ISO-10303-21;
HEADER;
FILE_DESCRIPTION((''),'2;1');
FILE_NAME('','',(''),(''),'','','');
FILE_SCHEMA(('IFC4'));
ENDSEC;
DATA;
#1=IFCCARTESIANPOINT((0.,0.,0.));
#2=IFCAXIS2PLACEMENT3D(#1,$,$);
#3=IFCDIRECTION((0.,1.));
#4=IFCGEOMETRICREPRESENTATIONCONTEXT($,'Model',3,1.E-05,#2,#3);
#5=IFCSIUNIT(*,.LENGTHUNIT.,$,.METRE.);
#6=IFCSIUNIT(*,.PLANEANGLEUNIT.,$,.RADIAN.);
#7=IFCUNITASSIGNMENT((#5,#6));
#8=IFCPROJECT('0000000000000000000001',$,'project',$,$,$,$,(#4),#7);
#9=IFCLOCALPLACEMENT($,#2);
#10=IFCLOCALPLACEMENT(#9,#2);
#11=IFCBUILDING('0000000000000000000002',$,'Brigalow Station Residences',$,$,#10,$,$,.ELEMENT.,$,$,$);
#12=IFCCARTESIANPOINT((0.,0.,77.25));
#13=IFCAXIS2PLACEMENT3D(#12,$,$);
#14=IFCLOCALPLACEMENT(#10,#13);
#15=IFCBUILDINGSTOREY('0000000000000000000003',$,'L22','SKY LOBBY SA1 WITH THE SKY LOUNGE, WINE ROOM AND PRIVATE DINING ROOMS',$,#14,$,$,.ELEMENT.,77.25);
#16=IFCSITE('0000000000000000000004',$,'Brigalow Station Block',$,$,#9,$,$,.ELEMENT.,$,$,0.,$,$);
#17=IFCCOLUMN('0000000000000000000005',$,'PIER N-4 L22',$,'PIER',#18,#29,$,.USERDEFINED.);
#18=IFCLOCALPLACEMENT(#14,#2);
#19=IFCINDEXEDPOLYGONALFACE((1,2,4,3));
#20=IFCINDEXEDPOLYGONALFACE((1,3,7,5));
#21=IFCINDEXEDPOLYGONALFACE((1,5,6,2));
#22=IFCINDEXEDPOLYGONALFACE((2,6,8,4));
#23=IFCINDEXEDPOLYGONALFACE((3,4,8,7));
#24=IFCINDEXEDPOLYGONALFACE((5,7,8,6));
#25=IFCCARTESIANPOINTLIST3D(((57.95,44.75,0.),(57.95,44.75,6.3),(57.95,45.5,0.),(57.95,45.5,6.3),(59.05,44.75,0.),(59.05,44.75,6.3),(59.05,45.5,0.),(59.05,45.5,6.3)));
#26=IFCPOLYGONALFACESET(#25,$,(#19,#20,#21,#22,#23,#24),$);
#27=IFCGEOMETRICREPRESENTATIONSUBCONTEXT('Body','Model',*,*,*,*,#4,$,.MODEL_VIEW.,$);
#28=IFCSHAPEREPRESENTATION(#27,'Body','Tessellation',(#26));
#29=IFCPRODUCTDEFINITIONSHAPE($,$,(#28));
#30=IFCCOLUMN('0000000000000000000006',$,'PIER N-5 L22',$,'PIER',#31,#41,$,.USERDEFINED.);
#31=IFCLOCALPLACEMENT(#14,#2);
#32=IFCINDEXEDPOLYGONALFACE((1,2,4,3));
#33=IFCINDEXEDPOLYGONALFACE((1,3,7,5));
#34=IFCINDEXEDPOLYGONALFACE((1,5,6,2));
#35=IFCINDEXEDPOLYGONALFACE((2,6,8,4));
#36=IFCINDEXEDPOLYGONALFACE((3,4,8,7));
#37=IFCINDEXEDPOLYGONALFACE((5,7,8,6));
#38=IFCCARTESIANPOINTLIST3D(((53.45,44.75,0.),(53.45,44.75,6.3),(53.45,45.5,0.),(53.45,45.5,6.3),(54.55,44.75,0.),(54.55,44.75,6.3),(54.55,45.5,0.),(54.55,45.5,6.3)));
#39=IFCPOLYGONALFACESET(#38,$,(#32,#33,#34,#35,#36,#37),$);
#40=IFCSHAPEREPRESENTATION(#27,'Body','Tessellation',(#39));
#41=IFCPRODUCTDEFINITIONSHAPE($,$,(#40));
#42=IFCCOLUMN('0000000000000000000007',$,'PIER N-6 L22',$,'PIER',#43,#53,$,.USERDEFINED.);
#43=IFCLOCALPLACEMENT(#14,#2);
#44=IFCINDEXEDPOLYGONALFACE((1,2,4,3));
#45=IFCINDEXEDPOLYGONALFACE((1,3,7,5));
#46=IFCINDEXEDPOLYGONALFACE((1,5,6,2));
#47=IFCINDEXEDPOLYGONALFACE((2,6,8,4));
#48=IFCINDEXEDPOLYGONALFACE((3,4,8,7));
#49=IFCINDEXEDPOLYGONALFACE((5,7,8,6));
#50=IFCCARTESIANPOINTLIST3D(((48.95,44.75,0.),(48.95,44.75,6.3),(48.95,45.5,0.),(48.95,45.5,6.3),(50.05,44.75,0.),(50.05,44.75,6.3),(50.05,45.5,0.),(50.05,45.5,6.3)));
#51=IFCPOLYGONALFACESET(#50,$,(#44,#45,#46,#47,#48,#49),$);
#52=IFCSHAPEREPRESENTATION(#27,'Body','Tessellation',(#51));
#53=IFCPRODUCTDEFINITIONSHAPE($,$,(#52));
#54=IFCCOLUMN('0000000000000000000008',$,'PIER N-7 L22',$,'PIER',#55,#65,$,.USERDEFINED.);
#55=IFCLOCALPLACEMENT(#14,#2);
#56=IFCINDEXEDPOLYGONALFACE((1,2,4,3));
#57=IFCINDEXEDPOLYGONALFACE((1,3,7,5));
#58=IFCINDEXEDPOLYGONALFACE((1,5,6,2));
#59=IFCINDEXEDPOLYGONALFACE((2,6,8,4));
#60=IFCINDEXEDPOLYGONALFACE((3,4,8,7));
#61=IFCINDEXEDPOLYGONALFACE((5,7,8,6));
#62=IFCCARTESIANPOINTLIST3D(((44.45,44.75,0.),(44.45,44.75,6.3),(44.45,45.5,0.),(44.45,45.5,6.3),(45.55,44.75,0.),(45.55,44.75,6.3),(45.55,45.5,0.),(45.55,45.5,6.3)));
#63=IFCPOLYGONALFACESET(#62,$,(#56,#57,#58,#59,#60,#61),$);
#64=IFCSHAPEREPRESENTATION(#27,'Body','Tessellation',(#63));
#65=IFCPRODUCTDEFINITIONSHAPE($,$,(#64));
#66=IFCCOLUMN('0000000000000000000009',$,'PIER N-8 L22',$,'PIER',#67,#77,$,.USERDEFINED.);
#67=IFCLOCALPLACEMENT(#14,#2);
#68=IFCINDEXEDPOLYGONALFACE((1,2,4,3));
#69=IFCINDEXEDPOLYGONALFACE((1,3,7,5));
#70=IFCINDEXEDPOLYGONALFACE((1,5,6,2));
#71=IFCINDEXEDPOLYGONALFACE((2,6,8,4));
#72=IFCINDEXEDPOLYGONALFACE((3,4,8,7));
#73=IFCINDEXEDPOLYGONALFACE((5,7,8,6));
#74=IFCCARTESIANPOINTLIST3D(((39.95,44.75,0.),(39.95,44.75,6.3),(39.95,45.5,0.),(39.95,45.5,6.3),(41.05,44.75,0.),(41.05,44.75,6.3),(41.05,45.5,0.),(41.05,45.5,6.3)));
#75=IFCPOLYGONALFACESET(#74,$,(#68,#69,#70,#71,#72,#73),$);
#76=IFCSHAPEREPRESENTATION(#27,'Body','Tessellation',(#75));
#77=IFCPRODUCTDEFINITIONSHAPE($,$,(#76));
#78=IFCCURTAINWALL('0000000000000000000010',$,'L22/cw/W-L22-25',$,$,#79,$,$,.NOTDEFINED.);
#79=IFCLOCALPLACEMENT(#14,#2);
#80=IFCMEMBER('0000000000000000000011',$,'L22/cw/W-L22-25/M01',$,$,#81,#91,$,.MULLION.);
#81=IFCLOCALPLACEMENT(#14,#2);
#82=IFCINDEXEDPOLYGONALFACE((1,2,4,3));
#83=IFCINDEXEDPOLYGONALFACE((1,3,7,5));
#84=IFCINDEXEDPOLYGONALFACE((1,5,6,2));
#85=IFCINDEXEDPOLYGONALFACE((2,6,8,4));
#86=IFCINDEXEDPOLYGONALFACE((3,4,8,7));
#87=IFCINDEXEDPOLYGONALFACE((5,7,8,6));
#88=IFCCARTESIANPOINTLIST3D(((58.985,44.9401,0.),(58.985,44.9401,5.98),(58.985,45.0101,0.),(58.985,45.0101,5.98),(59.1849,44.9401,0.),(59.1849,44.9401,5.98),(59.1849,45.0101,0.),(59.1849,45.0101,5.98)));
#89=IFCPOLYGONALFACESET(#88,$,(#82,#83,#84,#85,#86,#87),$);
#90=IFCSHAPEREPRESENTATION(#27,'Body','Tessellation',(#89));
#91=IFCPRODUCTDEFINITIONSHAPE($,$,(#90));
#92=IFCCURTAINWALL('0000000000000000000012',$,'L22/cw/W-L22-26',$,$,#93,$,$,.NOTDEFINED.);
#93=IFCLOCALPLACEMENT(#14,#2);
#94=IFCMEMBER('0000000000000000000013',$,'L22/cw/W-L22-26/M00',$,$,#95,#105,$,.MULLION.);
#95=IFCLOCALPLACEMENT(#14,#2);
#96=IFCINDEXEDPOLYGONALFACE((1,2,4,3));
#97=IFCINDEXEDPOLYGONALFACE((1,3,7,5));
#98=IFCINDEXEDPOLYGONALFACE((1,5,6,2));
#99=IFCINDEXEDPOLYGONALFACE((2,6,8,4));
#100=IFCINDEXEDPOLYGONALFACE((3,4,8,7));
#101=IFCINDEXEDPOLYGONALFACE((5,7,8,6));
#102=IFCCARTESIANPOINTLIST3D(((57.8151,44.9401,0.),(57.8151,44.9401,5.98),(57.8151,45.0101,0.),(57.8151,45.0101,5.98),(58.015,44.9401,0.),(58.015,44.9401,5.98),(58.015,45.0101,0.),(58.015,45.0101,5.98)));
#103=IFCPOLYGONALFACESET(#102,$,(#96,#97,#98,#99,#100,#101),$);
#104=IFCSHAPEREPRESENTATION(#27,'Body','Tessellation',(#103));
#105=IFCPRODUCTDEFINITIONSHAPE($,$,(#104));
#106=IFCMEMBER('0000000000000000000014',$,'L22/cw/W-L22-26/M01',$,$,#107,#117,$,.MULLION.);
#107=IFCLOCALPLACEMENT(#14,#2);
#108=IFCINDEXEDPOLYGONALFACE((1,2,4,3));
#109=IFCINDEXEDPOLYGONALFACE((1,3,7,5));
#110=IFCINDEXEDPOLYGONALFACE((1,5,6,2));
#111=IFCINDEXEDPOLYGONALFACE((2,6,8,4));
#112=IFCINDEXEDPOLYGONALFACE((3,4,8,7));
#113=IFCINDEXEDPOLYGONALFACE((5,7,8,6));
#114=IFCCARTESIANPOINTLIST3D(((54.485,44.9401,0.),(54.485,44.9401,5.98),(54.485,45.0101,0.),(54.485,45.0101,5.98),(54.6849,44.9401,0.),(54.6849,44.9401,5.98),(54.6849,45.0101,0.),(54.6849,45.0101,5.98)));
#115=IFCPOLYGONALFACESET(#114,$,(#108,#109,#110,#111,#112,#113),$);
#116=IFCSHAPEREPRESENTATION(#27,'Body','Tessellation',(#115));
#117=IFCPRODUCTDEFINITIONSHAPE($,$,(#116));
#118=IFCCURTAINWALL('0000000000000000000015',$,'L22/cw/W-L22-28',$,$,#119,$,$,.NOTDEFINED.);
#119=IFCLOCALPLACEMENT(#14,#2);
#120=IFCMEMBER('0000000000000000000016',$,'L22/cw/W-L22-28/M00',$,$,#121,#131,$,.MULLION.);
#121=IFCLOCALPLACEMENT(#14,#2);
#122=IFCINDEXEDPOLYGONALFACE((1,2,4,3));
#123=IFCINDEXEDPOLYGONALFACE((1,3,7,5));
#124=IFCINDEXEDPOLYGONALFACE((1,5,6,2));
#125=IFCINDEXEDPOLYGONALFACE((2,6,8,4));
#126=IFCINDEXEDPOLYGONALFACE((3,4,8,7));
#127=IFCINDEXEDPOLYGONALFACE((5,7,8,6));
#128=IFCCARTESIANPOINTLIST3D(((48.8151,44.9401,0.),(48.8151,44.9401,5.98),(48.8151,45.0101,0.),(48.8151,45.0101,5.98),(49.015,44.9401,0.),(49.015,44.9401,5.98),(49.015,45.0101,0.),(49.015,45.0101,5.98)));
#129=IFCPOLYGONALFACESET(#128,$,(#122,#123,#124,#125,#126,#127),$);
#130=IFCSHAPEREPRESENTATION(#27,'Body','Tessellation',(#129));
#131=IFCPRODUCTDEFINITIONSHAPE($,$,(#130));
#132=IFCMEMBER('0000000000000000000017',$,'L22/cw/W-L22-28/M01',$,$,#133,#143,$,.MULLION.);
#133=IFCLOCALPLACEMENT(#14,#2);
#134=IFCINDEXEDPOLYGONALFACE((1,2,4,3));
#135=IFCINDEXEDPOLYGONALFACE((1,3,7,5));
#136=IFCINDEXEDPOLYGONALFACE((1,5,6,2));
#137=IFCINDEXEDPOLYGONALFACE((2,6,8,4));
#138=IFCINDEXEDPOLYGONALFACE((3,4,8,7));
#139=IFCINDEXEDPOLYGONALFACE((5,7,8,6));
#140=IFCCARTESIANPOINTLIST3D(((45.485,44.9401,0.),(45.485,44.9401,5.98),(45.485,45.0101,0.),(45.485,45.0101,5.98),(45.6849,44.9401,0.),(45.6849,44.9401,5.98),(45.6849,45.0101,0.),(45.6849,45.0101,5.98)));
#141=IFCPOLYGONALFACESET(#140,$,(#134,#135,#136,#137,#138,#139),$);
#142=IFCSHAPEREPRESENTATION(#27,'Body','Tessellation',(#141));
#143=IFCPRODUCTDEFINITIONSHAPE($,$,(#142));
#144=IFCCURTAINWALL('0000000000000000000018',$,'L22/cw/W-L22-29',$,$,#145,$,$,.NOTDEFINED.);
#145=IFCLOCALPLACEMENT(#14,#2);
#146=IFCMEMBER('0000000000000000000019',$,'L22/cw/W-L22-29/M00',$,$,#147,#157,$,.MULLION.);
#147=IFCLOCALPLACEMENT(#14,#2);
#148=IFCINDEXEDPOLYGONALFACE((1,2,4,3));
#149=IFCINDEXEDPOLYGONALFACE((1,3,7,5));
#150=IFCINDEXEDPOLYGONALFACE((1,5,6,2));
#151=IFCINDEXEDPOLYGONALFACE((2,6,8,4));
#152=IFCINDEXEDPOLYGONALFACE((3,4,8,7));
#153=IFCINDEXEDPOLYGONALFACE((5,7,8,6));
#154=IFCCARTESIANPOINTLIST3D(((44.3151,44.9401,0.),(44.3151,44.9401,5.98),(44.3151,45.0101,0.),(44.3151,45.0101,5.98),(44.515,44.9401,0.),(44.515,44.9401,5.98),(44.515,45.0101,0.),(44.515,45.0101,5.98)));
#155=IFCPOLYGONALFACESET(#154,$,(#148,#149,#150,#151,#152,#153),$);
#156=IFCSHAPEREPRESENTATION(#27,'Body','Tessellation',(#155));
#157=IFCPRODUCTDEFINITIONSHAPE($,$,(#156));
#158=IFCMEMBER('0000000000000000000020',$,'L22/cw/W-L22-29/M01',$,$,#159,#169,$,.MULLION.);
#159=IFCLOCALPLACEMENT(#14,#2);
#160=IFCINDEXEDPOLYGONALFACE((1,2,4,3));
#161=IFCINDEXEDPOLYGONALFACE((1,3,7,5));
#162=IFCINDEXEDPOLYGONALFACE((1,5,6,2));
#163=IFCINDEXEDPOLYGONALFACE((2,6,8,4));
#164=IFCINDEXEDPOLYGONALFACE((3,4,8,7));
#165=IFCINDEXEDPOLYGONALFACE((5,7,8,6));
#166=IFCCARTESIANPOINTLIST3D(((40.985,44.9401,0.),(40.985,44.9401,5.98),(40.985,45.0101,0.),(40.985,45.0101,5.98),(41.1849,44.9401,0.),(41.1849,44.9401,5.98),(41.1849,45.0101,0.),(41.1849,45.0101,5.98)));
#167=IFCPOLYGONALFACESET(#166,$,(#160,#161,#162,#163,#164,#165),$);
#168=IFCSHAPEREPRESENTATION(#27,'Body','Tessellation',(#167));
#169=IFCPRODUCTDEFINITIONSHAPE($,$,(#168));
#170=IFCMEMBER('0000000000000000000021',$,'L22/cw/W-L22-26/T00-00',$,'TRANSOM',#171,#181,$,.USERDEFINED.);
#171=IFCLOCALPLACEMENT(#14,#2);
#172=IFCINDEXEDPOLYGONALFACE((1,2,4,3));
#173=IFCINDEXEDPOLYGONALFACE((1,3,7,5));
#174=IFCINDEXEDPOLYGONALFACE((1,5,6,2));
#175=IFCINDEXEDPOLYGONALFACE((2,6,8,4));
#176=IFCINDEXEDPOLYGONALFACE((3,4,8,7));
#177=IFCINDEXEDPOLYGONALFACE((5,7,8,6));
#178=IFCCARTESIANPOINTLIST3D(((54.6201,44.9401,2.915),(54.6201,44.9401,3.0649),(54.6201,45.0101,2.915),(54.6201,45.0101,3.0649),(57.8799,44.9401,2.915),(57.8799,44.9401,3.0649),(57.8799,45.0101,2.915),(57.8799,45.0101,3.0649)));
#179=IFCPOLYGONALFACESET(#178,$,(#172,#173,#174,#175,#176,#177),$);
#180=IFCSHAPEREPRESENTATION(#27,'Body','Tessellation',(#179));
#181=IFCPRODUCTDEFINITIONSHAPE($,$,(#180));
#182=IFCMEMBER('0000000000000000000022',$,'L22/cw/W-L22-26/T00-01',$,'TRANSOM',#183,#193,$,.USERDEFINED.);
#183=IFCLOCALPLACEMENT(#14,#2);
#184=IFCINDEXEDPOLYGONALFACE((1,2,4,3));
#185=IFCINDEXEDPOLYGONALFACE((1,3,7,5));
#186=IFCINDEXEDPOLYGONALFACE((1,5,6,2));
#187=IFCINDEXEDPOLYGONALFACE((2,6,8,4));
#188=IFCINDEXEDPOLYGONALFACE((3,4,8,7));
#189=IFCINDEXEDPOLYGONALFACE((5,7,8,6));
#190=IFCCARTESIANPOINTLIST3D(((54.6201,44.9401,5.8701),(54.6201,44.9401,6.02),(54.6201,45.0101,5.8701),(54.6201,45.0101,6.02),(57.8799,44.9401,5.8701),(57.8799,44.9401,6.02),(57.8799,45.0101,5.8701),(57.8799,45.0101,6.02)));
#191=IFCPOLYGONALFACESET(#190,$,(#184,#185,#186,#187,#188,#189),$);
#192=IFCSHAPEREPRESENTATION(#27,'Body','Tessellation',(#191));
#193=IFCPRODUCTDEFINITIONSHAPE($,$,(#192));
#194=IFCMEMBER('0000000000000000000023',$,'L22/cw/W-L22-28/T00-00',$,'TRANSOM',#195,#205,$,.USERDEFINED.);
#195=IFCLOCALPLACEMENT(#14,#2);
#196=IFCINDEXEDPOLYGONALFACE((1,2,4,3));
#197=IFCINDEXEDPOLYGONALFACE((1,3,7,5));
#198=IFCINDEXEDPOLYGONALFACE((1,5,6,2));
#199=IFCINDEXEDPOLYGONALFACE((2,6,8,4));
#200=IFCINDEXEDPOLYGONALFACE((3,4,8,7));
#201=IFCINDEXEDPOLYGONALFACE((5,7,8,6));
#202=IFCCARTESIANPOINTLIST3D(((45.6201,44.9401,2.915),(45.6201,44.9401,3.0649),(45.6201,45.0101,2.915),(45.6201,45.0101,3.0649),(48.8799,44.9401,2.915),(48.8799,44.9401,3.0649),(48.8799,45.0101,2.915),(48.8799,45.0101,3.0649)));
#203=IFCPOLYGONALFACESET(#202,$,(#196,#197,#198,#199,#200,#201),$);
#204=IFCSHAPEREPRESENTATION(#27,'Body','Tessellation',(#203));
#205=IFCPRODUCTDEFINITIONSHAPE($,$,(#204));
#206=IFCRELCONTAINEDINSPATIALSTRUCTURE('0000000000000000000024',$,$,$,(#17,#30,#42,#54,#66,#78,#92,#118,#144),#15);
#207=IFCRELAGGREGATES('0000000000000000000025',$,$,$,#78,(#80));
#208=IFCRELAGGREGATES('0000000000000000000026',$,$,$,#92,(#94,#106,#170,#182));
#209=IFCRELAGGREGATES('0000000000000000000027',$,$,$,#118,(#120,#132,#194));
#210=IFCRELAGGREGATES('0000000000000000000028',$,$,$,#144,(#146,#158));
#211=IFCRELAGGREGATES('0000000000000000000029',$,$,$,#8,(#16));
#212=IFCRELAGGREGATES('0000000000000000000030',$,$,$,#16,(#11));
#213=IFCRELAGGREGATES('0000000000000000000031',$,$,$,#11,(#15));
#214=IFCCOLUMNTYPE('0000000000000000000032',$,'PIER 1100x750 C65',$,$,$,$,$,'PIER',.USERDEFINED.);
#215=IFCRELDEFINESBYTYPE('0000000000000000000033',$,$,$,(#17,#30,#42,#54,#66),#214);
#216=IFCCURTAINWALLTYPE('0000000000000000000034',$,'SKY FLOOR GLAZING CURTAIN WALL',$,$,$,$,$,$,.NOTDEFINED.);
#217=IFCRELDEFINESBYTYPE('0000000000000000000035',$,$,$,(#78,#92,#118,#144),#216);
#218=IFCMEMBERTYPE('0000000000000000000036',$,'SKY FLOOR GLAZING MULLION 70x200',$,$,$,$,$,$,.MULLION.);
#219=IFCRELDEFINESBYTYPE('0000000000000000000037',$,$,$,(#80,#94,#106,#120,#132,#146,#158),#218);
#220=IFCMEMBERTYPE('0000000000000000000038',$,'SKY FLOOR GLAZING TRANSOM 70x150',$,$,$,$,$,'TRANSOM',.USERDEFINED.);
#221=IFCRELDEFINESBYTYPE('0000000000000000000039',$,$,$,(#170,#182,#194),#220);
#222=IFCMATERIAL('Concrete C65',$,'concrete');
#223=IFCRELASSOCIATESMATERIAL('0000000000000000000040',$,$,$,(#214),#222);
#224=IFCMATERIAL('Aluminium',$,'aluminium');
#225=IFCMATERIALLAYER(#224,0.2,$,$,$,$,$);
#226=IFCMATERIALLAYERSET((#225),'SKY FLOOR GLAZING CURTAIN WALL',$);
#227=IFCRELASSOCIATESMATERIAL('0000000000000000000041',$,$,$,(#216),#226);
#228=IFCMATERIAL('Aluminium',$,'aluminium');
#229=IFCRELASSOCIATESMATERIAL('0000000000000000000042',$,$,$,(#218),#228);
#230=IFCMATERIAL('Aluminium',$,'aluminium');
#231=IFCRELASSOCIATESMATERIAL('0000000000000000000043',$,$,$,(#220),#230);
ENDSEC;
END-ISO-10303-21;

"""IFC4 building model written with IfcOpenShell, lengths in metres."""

from ifc_helpers import new_model, si_unit, direction, frame, origin, origin_2d, place, context, subcontext, project, spatial, rectangle, extrude, material, layer, layer_set, material_profile, profile_set, type_object, element, aggregate, save


model = new_model("IFC4")

# Units and contexts
model_context = context("Model", 3, precision=1e-05, world=origin(), true_north=direction((0.0, 1.0)))
body_context = subcontext(model_context, "Body", "Model", "MODEL_VIEW")
ifc_project = project(units=[si_unit("LENGTHUNIT", "METRE"), si_unit("PLANEANGLEUNIT", "RADIAN")], contexts=[model_context])

# Site, building, storey
site_placement = place(None, origin())
site = spatial("IfcSite", under=ifc_project, at=site_placement, Name="Brigalow Station Block", CompositionType="ELEMENT", RefElevation=0.0)
building_placement = place(site_placement, origin())
building = spatial("IfcBuilding", under=site, at=building_placement, Name="Brigalow Station Residences", CompositionType="ELEMENT")
storey_placement = place(building_placement, frame((0.0, 0.0, 77.25)))
storey = spatial("IfcBuildingStorey", under=building, at=storey_placement, Name="L22", Description="SKY LOBBY SA1 WITH THE SKY LOUNGE, WINE ROOM AND PRIVATE DINING ROOMS", CompositionType="ELEMENT", Elevation=77.25)

# Columns
ifc_material_1 = material(Name="Concrete C65", Category="concrete")
ifc_material_profile_1 = material_profile(ifc_material_1, rectangle(XDim=1.1001, YDim=0.75, at=origin_2d()), Name="RC1100x750")
ifc_profile_set_1 = profile_set([ifc_material_profile_1], Name="Concrete C65")
column_type = type_object("IfcColumnType", Name="PIER 1100x750 C65", ElementType="PIER", PredefinedType="USERDEFINED", material=ifc_profile_set_1)
for number, where, z_axis, x_axis, name in (
    (1, (58.5, 45.125, 0.0), (0.0, 0.0, 1.0), (-1.0, 0.0, 0.0), "PIER N-4 L22"),
    (2, (54.0, 45.125, 0.0), (0.0, 0.0, 1.0), (-1.0, 0.0, 0.0), "PIER N-5 L22"),
    (3, (49.5, 45.125, 0.0), (0.0, 0.0, 1.0), (-1.0, 0.0, 0.0), "PIER N-6 L22"),
    (4, (45.0, 45.125, 0.0), (0.0, 0.0, 1.0), (-1.0, 0.0, 0.0), "PIER N-7 L22"),
    (5, (40.5, 45.125, 0.0), (0.0, 0.0, 1.0), (-1.0, 0.0, 0.0), "PIER N-8 L22"),
):
    element("IfcColumn", number, at=place(storey_placement, frame(where, z_axis=z_axis, x_axis=x_axis)), inside=storey, type_object=column_type, Name=name, ObjectType="PIER", PredefinedType="USERDEFINED", context=body_context, shape_type="SweptSolid", body=[
        extrude(rectangle(XDim=1.1001, YDim=0.75, at=origin_2d()), origin(), (0.0, 0.0, 1.0), 6.3),
    ])

# Curtain wall, member
ifc_material_2 = material(Name="Aluminium", Category="aluminium")
ifc_layer_1 = layer(ifc_material_2, 0.2)
ifc_layer_set_1 = layer_set([ifc_layer_1], Name="SKY FLOOR GLAZING CURTAIN WALL")
curtain_wall_type = type_object("IfcCurtainWallType", Name="SKY FLOOR GLAZING CURTAIN WALL", PredefinedType="NOTDEFINED", material=ifc_layer_set_1)
curtain_wall_1_placement = place(storey_placement, origin())
curtain_wall_1 = element("IfcCurtainWall", 6, at=curtain_wall_1_placement, inside=storey, type_object=curtain_wall_type, Name="L22/cw/W-L22-25", PredefinedType="NOTDEFINED")
ifc_material_3 = material(Name="Aluminium", Category="aluminium")
ifc_material_profile_2 = material_profile(ifc_material_3, rectangle(XDim=0.0701, YDim=0.2, at=origin_2d()), Name="SKY FLOOR GLAZING MULLION 70x200")
ifc_profile_set_2 = profile_set([ifc_material_profile_2], Name="Aluminium")
member_type_1 = type_object("IfcMemberType", Name="SKY FLOOR GLAZING MULLION 70x200", PredefinedType="MULLION", material=ifc_profile_set_2)
member_1_placement = place(storey_placement, frame((59.085, 44.9751, 0.0), z_axis=(0.0, 0.0, 1.0), x_axis=(0.0, -1.0, 0.0)))
member_1 = element("IfcMember", 7, at=member_1_placement, type_object=member_type_1, Name="L22/cw/W-L22-25/M01", PredefinedType="MULLION", context=body_context, shape_type="SweptSolid", body=[
    extrude(rectangle(XDim=0.0701, YDim=0.2, at=origin_2d()), origin(), (0.0, 0.0, 1.0), 5.98),
])
aggregate(curtain_wall_1, [member_1])

# Curtain walls, members
curtain_wall_2_placement = place(storey_placement, origin())
curtain_wall_2 = element("IfcCurtainWall", 8, at=curtain_wall_2_placement, inside=storey, type_object=curtain_wall_type, Name="L22/cw/W-L22-26", PredefinedType="NOTDEFINED")
member_2_placement = place(storey_placement, frame((57.915, 44.9751, 0.0), z_axis=(0.0, 0.0, 1.0), x_axis=(0.0, -1.0, 0.0)))
member_2 = element("IfcMember", 9, at=member_2_placement, type_object=member_type_1, Name="L22/cw/W-L22-26/M00", PredefinedType="MULLION", context=body_context, shape_type="SweptSolid", body=[
    extrude(rectangle(XDim=0.0701, YDim=0.2, at=origin_2d()), origin(), (0.0, 0.0, 1.0), 5.98),
])
member_3_placement = place(storey_placement, frame((54.585, 44.9751, 0.0), z_axis=(0.0, 0.0, 1.0), x_axis=(0.0, -1.0, 0.0)))
member_3 = element("IfcMember", 10, at=member_3_placement, type_object=member_type_1, Name="L22/cw/W-L22-26/M01", PredefinedType="MULLION", context=body_context, shape_type="SweptSolid", body=[
    extrude(rectangle(XDim=0.0701, YDim=0.2, at=origin_2d()), origin(), (0.0, 0.0, 1.0), 5.98),
])
curtain_wall_3_placement = place(storey_placement, origin())
curtain_wall_3 = element("IfcCurtainWall", 11, at=curtain_wall_3_placement, inside=storey, type_object=curtain_wall_type, Name="L22/cw/W-L22-28", PredefinedType="NOTDEFINED")
member_4_placement = place(storey_placement, frame((48.915, 44.9751, 0.0), z_axis=(0.0, 0.0, 1.0), x_axis=(0.0, -1.0, 0.0)))
member_4 = element("IfcMember", 12, at=member_4_placement, type_object=member_type_1, Name="L22/cw/W-L22-28/M00", PredefinedType="MULLION", context=body_context, shape_type="SweptSolid", body=[
    extrude(rectangle(XDim=0.0701, YDim=0.2, at=origin_2d()), origin(), (0.0, 0.0, 1.0), 5.98),
])
member_5_placement = place(storey_placement, frame((45.585, 44.9751, 0.0), z_axis=(0.0, 0.0, 1.0), x_axis=(0.0, -1.0, 0.0)))
member_5 = element("IfcMember", 13, at=member_5_placement, type_object=member_type_1, Name="L22/cw/W-L22-28/M01", PredefinedType="MULLION", context=body_context, shape_type="SweptSolid", body=[
    extrude(rectangle(XDim=0.0701, YDim=0.2, at=origin_2d()), origin(), (0.0, 0.0, 1.0), 5.98),
])
curtain_wall_4_placement = place(storey_placement, origin())
curtain_wall_4 = element("IfcCurtainWall", 14, at=curtain_wall_4_placement, inside=storey, type_object=curtain_wall_type, Name="L22/cw/W-L22-29", PredefinedType="NOTDEFINED")
member_6_placement = place(storey_placement, frame((44.415, 44.9751, 0.0), z_axis=(0.0, 0.0, 1.0), x_axis=(0.0, -1.0, 0.0)))
member_6 = element("IfcMember", 15, at=member_6_placement, type_object=member_type_1, Name="L22/cw/W-L22-29/M00", PredefinedType="MULLION", context=body_context, shape_type="SweptSolid", body=[
    extrude(rectangle(XDim=0.0701, YDim=0.2, at=origin_2d()), origin(), (0.0, 0.0, 1.0), 5.98),
])
member_7_placement = place(storey_placement, frame((41.085, 44.9751, 0.0), z_axis=(0.0, 0.0, 1.0), x_axis=(0.0, -1.0, 0.0)))
member_7 = element("IfcMember", 16, at=member_7_placement, type_object=member_type_1, Name="L22/cw/W-L22-29/M01", PredefinedType="MULLION", context=body_context, shape_type="SweptSolid", body=[
    extrude(rectangle(XDim=0.0701, YDim=0.2, at=origin_2d()), origin(), (0.0, 0.0, 1.0), 5.98),
])

# Members
ifc_material_4 = material(Name="Aluminium", Category="aluminium")
ifc_material_profile_3 = material_profile(ifc_material_4, rectangle(XDim=0.0701, YDim=0.1499, at=origin_2d()), Name="SKY FLOOR GLAZING TRANSOM 70x150")
ifc_profile_set_3 = profile_set([ifc_material_profile_3], Name="Aluminium")
member_type_2 = type_object("IfcMemberType", Name="SKY FLOOR GLAZING TRANSOM 70x150", ElementType="TRANSOM", PredefinedType="USERDEFINED", material=ifc_profile_set_3)
member_8_placement = place(storey_placement, frame((57.8799, 44.9751, 2.99), z_axis=(-1.0, 0.0, 0.0), x_axis=(0.0, -1.0, 0.0)))
member_8 = element("IfcMember", 17, at=member_8_placement, type_object=member_type_2, Name="L22/cw/W-L22-26/T00-00", ObjectType="TRANSOM", PredefinedType="USERDEFINED", context=body_context, shape_type="SweptSolid", body=[
    extrude(rectangle(XDim=0.0701, YDim=0.1499, at=origin_2d()), origin(), (0.0, 0.0, 1.0), 3.2598),
])
member_9_placement = place(storey_placement, frame((57.8799, 44.9751, 5.9451), z_axis=(-1.0, 0.0, 0.0), x_axis=(0.0, -1.0, 0.0)))
member_9 = element("IfcMember", 18, at=member_9_placement, type_object=member_type_2, Name="L22/cw/W-L22-26/T00-01", ObjectType="TRANSOM", PredefinedType="USERDEFINED", context=body_context, shape_type="SweptSolid", body=[
    extrude(rectangle(XDim=0.0701, YDim=0.1499, at=origin_2d()), origin(), (0.0, 0.0, 1.0), 3.2598),
])
member_10_placement = place(storey_placement, frame((48.8799, 44.9751, 2.99), z_axis=(-1.0, 0.0, 0.0), x_axis=(0.0, -1.0, 0.0)))
member_10 = element("IfcMember", 19, at=member_10_placement, type_object=member_type_2, Name="L22/cw/W-L22-28/T00-00", ObjectType="TRANSOM", PredefinedType="USERDEFINED", context=body_context, shape_type="SweptSolid", body=[
    extrude(rectangle(XDim=0.0701, YDim=0.1499, at=origin_2d()), origin(), (0.0, 0.0, 1.0), 3.2598),
])

aggregate(curtain_wall_2, [member_2, member_3, member_8, member_9])
aggregate(curtain_wall_3, [member_4, member_5, member_10])
aggregate(curtain_wall_4, [member_6, member_7])

save(model, "model.ifc")
